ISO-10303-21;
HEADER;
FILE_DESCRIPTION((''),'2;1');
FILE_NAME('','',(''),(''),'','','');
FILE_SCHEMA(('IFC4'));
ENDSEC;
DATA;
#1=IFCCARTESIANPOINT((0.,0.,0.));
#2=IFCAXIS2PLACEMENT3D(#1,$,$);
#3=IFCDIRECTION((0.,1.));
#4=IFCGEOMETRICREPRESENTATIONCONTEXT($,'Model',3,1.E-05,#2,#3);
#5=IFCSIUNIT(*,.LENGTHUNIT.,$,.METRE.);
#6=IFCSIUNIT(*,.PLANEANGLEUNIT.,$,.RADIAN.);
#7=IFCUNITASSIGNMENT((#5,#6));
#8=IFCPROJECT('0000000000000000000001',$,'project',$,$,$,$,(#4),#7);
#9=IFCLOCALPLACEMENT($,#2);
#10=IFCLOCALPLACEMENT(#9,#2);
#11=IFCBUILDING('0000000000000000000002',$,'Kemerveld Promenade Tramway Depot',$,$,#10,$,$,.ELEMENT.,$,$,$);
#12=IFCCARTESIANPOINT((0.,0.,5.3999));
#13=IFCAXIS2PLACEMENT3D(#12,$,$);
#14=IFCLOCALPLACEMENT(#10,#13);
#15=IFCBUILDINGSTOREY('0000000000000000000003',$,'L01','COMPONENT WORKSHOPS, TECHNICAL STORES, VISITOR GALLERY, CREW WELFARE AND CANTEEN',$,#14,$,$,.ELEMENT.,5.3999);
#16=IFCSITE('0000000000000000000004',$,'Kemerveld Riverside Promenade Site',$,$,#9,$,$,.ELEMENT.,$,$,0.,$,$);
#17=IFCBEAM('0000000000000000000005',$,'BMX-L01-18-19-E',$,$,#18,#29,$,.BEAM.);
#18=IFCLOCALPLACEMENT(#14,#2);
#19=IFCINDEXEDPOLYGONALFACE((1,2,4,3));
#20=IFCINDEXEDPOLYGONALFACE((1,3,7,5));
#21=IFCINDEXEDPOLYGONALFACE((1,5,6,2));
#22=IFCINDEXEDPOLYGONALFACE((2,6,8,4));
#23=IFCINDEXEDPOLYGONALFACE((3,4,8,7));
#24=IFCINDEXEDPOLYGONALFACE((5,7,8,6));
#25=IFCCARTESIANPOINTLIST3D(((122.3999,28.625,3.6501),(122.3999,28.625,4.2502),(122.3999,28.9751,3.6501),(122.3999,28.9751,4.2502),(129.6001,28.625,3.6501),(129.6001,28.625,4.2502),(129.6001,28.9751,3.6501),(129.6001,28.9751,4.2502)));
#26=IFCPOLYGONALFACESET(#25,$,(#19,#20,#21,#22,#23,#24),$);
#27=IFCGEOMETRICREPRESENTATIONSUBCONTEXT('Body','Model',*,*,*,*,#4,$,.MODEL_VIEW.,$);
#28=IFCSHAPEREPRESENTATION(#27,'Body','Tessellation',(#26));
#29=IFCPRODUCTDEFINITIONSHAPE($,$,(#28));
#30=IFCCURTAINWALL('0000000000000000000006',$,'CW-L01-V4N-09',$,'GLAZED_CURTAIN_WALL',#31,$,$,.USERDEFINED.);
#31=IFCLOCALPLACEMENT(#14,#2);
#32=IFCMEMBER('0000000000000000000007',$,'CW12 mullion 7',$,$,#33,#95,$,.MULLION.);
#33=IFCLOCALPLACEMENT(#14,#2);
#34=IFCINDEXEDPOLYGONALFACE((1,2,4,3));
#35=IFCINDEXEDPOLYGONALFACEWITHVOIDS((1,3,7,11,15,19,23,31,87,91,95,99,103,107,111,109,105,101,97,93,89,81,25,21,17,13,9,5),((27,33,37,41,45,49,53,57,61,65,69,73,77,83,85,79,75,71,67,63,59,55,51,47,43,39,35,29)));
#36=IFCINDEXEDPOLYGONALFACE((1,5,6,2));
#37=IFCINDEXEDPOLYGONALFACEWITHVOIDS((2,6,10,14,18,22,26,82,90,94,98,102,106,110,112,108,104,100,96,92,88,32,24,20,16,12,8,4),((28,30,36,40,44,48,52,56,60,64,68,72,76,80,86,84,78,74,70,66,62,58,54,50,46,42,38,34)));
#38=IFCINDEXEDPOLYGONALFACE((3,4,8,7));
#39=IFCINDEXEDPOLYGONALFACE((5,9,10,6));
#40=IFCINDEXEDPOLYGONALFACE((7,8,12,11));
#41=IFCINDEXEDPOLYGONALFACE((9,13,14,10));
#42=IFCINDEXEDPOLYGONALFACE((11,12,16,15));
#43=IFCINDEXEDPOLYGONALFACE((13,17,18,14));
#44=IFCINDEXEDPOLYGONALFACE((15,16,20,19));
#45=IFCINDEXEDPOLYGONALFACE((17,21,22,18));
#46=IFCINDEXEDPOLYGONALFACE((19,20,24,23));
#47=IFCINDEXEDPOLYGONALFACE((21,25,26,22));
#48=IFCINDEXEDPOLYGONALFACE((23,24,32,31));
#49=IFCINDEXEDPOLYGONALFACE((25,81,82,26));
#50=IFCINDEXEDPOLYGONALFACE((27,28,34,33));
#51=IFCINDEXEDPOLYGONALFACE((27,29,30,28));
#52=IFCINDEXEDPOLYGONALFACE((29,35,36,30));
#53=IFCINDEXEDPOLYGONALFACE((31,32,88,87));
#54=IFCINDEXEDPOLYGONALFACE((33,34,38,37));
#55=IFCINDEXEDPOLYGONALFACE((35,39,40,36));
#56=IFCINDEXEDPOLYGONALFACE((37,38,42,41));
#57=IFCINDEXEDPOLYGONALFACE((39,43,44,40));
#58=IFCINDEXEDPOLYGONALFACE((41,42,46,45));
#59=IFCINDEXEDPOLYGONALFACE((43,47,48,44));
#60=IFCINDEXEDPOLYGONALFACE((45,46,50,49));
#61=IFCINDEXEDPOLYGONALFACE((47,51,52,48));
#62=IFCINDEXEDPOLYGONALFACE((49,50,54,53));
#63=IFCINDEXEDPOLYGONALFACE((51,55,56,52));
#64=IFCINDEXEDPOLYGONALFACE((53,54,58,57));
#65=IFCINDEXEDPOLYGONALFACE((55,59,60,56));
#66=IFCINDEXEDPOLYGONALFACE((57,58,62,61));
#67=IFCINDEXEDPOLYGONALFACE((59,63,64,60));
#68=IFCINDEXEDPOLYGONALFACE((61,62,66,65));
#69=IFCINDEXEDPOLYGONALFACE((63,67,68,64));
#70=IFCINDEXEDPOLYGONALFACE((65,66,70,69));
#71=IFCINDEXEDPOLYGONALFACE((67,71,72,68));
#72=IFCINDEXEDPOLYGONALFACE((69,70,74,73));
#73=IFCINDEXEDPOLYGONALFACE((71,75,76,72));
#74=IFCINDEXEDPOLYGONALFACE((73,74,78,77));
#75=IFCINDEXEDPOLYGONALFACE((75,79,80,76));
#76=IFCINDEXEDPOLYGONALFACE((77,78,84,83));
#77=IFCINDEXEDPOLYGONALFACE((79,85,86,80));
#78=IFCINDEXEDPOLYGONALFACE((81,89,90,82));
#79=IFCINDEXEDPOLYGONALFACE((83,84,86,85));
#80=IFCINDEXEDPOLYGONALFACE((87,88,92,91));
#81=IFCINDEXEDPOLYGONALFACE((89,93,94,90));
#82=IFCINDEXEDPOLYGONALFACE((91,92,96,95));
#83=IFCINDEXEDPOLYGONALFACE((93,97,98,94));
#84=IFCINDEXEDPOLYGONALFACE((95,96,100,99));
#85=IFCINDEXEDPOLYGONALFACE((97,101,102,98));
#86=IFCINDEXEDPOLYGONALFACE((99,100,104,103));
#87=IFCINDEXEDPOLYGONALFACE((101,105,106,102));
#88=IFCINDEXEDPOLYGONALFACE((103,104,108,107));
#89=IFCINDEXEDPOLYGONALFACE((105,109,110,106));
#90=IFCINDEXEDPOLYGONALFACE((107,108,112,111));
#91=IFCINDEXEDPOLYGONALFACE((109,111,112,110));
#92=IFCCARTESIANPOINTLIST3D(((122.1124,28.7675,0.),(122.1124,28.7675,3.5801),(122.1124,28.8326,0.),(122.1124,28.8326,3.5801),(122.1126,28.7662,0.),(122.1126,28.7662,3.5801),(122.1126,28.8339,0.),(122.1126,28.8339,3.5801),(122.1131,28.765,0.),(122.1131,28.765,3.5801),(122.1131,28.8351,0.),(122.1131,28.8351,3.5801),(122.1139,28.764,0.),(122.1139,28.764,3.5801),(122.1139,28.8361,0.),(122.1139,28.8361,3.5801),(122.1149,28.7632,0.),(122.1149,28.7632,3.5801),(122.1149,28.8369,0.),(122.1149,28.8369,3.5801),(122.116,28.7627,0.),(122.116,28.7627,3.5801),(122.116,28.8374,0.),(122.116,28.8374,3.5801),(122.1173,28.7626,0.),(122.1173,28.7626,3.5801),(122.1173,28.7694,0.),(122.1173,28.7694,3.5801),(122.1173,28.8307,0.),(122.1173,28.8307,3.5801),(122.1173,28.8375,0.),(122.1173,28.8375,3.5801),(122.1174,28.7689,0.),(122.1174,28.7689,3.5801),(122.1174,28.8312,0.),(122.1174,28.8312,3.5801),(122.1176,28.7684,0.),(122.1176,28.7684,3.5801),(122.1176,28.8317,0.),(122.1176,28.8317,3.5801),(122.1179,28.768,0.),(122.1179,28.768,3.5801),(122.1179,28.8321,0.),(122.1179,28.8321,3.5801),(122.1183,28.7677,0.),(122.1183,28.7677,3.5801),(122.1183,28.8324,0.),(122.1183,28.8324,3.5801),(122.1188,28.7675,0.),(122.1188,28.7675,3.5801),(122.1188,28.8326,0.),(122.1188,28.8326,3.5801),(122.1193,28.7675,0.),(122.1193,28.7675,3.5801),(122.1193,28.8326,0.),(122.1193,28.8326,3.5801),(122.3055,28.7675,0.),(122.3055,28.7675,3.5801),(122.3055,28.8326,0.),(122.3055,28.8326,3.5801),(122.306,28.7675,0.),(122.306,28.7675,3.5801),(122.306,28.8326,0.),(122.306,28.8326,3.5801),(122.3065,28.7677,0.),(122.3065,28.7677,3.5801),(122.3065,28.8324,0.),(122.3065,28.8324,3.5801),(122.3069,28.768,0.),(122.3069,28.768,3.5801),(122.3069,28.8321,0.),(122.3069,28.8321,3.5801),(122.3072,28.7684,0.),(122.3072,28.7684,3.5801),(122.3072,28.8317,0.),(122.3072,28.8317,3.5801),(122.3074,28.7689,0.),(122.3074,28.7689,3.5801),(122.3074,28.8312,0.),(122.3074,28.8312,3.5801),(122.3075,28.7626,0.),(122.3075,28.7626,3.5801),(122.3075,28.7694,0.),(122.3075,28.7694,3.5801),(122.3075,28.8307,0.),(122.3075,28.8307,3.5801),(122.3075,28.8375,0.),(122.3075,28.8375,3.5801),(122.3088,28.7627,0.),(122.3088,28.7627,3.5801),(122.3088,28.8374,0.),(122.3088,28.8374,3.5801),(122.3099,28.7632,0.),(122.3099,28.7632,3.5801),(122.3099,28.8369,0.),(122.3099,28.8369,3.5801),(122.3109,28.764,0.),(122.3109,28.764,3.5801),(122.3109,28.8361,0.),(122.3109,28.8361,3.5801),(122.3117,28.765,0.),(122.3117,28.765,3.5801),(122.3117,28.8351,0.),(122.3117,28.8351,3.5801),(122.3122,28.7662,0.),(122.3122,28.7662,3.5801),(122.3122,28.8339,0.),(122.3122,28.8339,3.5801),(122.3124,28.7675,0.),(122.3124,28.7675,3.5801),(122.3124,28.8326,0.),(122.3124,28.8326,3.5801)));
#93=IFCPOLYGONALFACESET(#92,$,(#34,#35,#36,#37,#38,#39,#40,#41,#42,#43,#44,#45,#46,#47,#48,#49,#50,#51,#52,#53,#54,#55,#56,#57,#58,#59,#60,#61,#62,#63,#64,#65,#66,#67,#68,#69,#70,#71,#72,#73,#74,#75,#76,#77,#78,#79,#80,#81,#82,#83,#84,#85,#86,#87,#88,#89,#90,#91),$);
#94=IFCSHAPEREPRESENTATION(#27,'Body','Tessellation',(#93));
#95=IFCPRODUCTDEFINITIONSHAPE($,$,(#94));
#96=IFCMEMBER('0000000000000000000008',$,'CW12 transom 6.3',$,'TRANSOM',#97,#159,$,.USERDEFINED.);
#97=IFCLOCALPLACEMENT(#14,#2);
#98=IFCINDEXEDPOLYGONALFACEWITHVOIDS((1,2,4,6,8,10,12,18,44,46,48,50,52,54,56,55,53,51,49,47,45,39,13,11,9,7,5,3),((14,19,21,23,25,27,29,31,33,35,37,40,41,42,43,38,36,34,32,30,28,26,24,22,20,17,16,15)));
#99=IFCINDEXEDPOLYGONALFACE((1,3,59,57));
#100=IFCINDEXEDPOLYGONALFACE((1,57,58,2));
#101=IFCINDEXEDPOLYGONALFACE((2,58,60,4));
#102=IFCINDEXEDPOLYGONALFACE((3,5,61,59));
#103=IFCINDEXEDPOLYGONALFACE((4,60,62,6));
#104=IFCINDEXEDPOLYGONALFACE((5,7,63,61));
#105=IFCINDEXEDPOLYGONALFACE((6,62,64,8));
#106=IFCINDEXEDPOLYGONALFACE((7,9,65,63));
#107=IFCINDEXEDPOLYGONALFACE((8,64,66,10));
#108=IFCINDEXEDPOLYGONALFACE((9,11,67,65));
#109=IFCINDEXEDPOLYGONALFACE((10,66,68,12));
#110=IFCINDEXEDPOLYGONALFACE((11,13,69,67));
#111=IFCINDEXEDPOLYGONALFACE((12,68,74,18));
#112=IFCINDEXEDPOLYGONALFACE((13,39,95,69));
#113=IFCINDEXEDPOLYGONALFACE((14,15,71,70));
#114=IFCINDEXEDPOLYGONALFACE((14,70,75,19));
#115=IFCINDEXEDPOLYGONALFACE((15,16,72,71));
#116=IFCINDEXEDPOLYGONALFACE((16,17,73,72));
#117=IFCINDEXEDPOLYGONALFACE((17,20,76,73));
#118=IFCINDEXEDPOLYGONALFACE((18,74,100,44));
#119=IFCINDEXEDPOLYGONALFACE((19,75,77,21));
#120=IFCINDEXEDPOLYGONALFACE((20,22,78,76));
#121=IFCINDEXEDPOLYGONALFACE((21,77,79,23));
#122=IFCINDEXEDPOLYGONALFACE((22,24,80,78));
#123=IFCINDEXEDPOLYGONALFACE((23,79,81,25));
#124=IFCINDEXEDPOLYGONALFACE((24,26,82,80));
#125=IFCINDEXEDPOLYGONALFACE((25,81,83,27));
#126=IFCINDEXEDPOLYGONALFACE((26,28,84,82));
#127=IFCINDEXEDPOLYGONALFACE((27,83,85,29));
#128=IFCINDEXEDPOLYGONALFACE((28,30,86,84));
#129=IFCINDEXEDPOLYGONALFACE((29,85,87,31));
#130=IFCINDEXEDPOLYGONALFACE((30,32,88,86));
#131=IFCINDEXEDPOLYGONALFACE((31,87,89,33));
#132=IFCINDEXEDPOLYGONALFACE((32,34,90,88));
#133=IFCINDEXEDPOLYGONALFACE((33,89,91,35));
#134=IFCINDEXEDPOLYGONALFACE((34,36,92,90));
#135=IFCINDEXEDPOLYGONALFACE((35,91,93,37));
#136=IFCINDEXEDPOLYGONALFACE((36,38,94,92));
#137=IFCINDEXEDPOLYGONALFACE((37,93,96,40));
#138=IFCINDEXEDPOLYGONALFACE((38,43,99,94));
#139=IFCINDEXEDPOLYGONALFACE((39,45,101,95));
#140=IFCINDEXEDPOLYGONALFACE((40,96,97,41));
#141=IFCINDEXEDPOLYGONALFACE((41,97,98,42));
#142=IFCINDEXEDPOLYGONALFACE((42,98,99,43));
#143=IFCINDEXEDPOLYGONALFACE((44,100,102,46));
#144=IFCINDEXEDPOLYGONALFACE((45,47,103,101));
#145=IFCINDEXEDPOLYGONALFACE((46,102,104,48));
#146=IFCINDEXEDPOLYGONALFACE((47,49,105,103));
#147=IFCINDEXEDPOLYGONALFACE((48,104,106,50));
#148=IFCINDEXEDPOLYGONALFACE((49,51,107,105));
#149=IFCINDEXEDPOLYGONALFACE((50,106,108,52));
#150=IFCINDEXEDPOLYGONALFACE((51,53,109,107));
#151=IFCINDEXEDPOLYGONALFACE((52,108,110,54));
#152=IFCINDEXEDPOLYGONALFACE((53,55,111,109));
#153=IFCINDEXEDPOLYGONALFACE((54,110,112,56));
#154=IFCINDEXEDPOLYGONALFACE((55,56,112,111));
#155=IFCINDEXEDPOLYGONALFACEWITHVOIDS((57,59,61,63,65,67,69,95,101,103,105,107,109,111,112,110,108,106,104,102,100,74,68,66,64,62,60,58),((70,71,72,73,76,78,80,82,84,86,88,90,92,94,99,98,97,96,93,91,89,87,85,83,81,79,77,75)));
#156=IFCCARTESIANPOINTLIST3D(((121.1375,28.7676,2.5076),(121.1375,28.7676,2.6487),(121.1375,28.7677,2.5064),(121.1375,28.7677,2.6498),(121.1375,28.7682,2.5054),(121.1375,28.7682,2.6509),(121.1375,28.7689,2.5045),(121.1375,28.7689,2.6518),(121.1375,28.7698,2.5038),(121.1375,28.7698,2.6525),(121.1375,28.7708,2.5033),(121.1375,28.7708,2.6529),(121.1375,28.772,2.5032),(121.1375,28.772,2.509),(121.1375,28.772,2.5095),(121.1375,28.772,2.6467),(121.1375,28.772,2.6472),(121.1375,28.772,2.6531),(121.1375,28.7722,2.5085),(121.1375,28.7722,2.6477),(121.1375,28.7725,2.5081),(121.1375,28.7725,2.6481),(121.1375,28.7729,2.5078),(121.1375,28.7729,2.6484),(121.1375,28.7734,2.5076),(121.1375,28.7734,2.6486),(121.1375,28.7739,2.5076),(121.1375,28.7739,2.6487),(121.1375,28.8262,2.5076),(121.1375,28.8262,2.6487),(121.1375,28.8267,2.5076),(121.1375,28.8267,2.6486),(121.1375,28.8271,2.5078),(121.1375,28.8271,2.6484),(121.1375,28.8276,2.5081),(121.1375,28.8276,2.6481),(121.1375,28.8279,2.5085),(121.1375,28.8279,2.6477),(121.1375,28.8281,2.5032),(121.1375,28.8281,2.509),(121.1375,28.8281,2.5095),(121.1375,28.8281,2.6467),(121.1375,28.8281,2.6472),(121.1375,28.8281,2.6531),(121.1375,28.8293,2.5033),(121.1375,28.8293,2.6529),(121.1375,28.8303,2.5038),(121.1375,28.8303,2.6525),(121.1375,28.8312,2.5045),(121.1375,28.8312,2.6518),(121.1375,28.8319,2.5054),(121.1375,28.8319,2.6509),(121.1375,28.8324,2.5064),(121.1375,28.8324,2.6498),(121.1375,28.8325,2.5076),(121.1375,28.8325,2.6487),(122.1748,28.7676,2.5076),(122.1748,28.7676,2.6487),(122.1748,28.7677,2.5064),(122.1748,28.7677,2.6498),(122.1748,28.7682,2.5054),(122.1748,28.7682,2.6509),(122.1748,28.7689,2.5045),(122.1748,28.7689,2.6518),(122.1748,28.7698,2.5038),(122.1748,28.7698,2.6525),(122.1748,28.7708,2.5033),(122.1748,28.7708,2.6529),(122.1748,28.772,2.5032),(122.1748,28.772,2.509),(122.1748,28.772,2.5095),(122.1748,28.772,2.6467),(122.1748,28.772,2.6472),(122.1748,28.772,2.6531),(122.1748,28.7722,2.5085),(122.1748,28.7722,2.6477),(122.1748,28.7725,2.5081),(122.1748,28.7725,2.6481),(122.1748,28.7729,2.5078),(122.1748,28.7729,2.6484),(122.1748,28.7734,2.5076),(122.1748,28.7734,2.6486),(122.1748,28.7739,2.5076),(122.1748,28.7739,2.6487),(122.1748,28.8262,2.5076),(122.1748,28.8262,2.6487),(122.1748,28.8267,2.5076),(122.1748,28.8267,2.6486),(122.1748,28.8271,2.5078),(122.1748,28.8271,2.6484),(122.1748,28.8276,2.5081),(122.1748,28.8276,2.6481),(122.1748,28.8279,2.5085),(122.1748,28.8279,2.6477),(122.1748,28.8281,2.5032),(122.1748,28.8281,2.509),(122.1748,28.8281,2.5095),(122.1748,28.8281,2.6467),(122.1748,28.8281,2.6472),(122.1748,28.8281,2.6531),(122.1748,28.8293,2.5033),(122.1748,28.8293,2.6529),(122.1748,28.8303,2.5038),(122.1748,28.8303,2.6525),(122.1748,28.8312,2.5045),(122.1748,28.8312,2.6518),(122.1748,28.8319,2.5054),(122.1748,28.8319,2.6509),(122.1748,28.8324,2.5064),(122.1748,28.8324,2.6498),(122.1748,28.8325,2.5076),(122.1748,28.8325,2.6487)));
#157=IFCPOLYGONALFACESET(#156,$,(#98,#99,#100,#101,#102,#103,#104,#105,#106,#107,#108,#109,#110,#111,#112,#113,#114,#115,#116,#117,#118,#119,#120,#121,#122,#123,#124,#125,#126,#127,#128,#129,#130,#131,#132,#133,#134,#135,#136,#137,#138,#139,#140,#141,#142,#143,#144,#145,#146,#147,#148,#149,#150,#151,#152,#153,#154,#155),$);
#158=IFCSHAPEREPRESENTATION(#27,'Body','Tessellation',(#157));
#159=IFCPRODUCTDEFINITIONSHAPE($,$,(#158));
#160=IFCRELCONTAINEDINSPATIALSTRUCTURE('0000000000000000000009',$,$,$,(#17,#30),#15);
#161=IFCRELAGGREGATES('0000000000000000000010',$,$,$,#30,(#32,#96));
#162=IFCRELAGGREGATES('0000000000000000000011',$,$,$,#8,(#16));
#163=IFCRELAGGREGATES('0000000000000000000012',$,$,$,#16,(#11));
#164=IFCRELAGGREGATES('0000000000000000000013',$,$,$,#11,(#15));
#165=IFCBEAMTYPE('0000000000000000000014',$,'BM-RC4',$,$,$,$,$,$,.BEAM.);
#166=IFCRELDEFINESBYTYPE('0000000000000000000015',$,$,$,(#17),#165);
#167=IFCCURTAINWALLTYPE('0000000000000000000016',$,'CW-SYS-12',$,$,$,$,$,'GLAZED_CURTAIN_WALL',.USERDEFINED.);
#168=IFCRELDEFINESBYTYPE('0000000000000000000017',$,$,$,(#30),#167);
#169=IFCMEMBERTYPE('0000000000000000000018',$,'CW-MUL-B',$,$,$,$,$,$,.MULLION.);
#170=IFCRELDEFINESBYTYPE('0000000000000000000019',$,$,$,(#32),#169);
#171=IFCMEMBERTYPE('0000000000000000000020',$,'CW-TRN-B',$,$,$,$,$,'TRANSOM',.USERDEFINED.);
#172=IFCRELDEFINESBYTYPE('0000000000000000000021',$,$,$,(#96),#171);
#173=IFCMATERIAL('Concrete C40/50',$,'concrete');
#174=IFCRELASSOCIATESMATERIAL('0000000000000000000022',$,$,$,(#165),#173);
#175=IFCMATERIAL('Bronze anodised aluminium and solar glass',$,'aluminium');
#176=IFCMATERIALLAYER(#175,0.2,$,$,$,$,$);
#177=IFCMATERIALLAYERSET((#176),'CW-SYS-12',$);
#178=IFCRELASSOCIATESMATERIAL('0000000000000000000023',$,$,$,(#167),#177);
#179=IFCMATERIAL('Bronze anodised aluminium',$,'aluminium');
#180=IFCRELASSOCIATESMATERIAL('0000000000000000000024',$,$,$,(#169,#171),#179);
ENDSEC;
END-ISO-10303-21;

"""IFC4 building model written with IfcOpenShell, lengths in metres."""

from ifc_helpers import new_model, si_unit, direction, frame, origin, origin_2d, place, context, subcontext, project, spatial, rectangle, hollow_rectangle, extrude, material, layer, layer_set, material_profile, profile_set, type_object, element, aggregate, save


model = new_model("IFC4")

# Units and contexts
model_context = context("Model", 3, precision=1e-05, world=origin(), true_north=direction((0.0, 1.0)))
body_context = subcontext(model_context, "Body", "Model", "MODEL_VIEW")
ifc_project = project(units=[si_unit("LENGTHUNIT", "METRE"), si_unit("PLANEANGLEUNIT", "RADIAN")], contexts=[model_context])

# Site, building, storey
site_placement = place(None, origin())
site = spatial("IfcSite", under=ifc_project, at=site_placement, Name="Kemerveld Riverside Promenade Site", CompositionType="ELEMENT", RefElevation=0.0)
building_placement = place(site_placement, origin())
building = spatial("IfcBuilding", under=site, at=building_placement, Name="Kemerveld Promenade Tramway Depot", CompositionType="ELEMENT")
storey_placement = place(building_placement, frame((0.0, 0.0, 5.3999)))
storey = spatial("IfcBuildingStorey", under=building, at=storey_placement, Name="L01", Description="COMPONENT WORKSHOPS, TECHNICAL STORES, VISITOR GALLERY, CREW WELFARE AND CANTEEN", CompositionType="ELEMENT", Elevation=5.3999)

# Beam
ifc_material_1 = material(Name="Concrete C40/50", Category="concrete")
ifc_material_profile_1 = material_profile(ifc_material_1, rectangle(XDim=0.3501, YDim=0.6001, at=origin_2d()), Name="RC-BM-350x600")
ifc_profile_set_1 = profile_set([ifc_material_profile_1], Name="Concrete C40/50")
beam_type_1 = type_object("IfcBeamType", Name="BM-RC4", PredefinedType="BEAM", material=ifc_profile_set_1)
beam_1_placement = place(storey_placement, frame((122.3999, 28.8, 3.9502), z_axis=(1.0, 0.0, 0.0), x_axis=(0.0, 1.0, 0.0)))
element("IfcBeam", 1, at=beam_1_placement, inside=storey, type_object=beam_type_1, Name="BMX-L01-18-19-E", PredefinedType="BEAM", context=body_context, shape_type="SweptSolid", body=[
    extrude(rectangle(XDim=0.3501, YDim=0.6001, at=origin_2d()), origin(), (0.0, 0.0, 1.0), 7.2002),
])

# Curtain wall, members
ifc_material_2 = material(Name="Bronze anodised aluminium and solar glass", Category="aluminium")
ifc_layer_1 = layer(ifc_material_2, 0.2)
ifc_layer_set_1 = layer_set([ifc_layer_1], Name="CW-SYS-12")
curtain_wall_type = type_object("IfcCurtainWallType", Name="CW-SYS-12", ElementType="GLAZED_CURTAIN_WALL", PredefinedType="USERDEFINED", material=ifc_layer_set_1)
curtain_wall_placement = place(storey_placement, origin())
curtain_wall = element("IfcCurtainWall", 2, at=curtain_wall_placement, inside=storey, type_object=curtain_wall_type, Name="CW-L01-V4N-09", ObjectType="GLAZED_CURTAIN_WALL", PredefinedType="USERDEFINED")
ifc_material_3 = material(Name="Bronze anodised aluminium", Category="aluminium")
ifc_material_profile_2 = material_profile(ifc_material_3, hollow_rectangle(XDim=0.075, YDim=0.2, WallThickness=0.0049, InnerFilletRadius=0.002, OuterFilletRadius=0.0049, at=origin_2d()), Name="CW-MUL-200x75")
ifc_profile_set_2 = profile_set([ifc_material_profile_2], Name="Bronze anodised aluminium")
member_type_1 = type_object("IfcMemberType", Name="CW-MUL-B", PredefinedType="MULLION", material=ifc_profile_set_2)
member_1_placement = place(storey_placement, frame((122.2124, 28.8, 0.0), z_axis=(0.0, 0.0, 1.0), x_axis=(0.0, 1.0, 0.0)))
member_1 = element("IfcMember", 3, at=member_1_placement, type_object=member_type_1, Name="CW12 mullion 7", PredefinedType="MULLION", context=body_context, shape_type="SweptSolid", body=[
    extrude(hollow_rectangle(XDim=0.075, YDim=0.2, WallThickness=0.0049, InnerFilletRadius=0.002, OuterFilletRadius=0.0049, at=origin_2d()), origin(), (0.0, 0.0, 1.0), 3.5801),
])
ifc_material_profile_3 = material_profile(ifc_material_3, hollow_rectangle(XDim=0.0649, YDim=0.1499, WallThickness=0.0044, InnerFilletRadius=0.002, OuterFilletRadius=0.0044, at=origin_2d()), Name="CW-TRN-150x65")
ifc_profile_set_3 = profile_set([ifc_material_profile_3], Name="Bronze anodised aluminium")
member_type_2 = type_object("IfcMemberType", Name="CW-TRN-B", ElementType="TRANSOM", PredefinedType="USERDEFINED", material=ifc_profile_set_3)
member_2_placement = place(storey_placement, frame((121.1375, 28.8, 2.5781), z_axis=(1.0, 0.0, 0.0), x_axis=(0.0, 1.0, 0.0)))
member_2 = element("IfcMember", 4, at=member_2_placement, type_object=member_type_2, Name="CW12 transom 6.3", ObjectType="TRANSOM", PredefinedType="USERDEFINED", context=body_context, shape_type="SweptSolid", body=[
    extrude(hollow_rectangle(XDim=0.0649, YDim=0.1499, WallThickness=0.0044, InnerFilletRadius=0.002, OuterFilletRadius=0.0044, at=origin_2d()), origin(), (0.0, 0.0, 1.0), 1.0374),
])
aggregate(curtain_wall, [member_1, member_2])

save(model, "model.ifc")
